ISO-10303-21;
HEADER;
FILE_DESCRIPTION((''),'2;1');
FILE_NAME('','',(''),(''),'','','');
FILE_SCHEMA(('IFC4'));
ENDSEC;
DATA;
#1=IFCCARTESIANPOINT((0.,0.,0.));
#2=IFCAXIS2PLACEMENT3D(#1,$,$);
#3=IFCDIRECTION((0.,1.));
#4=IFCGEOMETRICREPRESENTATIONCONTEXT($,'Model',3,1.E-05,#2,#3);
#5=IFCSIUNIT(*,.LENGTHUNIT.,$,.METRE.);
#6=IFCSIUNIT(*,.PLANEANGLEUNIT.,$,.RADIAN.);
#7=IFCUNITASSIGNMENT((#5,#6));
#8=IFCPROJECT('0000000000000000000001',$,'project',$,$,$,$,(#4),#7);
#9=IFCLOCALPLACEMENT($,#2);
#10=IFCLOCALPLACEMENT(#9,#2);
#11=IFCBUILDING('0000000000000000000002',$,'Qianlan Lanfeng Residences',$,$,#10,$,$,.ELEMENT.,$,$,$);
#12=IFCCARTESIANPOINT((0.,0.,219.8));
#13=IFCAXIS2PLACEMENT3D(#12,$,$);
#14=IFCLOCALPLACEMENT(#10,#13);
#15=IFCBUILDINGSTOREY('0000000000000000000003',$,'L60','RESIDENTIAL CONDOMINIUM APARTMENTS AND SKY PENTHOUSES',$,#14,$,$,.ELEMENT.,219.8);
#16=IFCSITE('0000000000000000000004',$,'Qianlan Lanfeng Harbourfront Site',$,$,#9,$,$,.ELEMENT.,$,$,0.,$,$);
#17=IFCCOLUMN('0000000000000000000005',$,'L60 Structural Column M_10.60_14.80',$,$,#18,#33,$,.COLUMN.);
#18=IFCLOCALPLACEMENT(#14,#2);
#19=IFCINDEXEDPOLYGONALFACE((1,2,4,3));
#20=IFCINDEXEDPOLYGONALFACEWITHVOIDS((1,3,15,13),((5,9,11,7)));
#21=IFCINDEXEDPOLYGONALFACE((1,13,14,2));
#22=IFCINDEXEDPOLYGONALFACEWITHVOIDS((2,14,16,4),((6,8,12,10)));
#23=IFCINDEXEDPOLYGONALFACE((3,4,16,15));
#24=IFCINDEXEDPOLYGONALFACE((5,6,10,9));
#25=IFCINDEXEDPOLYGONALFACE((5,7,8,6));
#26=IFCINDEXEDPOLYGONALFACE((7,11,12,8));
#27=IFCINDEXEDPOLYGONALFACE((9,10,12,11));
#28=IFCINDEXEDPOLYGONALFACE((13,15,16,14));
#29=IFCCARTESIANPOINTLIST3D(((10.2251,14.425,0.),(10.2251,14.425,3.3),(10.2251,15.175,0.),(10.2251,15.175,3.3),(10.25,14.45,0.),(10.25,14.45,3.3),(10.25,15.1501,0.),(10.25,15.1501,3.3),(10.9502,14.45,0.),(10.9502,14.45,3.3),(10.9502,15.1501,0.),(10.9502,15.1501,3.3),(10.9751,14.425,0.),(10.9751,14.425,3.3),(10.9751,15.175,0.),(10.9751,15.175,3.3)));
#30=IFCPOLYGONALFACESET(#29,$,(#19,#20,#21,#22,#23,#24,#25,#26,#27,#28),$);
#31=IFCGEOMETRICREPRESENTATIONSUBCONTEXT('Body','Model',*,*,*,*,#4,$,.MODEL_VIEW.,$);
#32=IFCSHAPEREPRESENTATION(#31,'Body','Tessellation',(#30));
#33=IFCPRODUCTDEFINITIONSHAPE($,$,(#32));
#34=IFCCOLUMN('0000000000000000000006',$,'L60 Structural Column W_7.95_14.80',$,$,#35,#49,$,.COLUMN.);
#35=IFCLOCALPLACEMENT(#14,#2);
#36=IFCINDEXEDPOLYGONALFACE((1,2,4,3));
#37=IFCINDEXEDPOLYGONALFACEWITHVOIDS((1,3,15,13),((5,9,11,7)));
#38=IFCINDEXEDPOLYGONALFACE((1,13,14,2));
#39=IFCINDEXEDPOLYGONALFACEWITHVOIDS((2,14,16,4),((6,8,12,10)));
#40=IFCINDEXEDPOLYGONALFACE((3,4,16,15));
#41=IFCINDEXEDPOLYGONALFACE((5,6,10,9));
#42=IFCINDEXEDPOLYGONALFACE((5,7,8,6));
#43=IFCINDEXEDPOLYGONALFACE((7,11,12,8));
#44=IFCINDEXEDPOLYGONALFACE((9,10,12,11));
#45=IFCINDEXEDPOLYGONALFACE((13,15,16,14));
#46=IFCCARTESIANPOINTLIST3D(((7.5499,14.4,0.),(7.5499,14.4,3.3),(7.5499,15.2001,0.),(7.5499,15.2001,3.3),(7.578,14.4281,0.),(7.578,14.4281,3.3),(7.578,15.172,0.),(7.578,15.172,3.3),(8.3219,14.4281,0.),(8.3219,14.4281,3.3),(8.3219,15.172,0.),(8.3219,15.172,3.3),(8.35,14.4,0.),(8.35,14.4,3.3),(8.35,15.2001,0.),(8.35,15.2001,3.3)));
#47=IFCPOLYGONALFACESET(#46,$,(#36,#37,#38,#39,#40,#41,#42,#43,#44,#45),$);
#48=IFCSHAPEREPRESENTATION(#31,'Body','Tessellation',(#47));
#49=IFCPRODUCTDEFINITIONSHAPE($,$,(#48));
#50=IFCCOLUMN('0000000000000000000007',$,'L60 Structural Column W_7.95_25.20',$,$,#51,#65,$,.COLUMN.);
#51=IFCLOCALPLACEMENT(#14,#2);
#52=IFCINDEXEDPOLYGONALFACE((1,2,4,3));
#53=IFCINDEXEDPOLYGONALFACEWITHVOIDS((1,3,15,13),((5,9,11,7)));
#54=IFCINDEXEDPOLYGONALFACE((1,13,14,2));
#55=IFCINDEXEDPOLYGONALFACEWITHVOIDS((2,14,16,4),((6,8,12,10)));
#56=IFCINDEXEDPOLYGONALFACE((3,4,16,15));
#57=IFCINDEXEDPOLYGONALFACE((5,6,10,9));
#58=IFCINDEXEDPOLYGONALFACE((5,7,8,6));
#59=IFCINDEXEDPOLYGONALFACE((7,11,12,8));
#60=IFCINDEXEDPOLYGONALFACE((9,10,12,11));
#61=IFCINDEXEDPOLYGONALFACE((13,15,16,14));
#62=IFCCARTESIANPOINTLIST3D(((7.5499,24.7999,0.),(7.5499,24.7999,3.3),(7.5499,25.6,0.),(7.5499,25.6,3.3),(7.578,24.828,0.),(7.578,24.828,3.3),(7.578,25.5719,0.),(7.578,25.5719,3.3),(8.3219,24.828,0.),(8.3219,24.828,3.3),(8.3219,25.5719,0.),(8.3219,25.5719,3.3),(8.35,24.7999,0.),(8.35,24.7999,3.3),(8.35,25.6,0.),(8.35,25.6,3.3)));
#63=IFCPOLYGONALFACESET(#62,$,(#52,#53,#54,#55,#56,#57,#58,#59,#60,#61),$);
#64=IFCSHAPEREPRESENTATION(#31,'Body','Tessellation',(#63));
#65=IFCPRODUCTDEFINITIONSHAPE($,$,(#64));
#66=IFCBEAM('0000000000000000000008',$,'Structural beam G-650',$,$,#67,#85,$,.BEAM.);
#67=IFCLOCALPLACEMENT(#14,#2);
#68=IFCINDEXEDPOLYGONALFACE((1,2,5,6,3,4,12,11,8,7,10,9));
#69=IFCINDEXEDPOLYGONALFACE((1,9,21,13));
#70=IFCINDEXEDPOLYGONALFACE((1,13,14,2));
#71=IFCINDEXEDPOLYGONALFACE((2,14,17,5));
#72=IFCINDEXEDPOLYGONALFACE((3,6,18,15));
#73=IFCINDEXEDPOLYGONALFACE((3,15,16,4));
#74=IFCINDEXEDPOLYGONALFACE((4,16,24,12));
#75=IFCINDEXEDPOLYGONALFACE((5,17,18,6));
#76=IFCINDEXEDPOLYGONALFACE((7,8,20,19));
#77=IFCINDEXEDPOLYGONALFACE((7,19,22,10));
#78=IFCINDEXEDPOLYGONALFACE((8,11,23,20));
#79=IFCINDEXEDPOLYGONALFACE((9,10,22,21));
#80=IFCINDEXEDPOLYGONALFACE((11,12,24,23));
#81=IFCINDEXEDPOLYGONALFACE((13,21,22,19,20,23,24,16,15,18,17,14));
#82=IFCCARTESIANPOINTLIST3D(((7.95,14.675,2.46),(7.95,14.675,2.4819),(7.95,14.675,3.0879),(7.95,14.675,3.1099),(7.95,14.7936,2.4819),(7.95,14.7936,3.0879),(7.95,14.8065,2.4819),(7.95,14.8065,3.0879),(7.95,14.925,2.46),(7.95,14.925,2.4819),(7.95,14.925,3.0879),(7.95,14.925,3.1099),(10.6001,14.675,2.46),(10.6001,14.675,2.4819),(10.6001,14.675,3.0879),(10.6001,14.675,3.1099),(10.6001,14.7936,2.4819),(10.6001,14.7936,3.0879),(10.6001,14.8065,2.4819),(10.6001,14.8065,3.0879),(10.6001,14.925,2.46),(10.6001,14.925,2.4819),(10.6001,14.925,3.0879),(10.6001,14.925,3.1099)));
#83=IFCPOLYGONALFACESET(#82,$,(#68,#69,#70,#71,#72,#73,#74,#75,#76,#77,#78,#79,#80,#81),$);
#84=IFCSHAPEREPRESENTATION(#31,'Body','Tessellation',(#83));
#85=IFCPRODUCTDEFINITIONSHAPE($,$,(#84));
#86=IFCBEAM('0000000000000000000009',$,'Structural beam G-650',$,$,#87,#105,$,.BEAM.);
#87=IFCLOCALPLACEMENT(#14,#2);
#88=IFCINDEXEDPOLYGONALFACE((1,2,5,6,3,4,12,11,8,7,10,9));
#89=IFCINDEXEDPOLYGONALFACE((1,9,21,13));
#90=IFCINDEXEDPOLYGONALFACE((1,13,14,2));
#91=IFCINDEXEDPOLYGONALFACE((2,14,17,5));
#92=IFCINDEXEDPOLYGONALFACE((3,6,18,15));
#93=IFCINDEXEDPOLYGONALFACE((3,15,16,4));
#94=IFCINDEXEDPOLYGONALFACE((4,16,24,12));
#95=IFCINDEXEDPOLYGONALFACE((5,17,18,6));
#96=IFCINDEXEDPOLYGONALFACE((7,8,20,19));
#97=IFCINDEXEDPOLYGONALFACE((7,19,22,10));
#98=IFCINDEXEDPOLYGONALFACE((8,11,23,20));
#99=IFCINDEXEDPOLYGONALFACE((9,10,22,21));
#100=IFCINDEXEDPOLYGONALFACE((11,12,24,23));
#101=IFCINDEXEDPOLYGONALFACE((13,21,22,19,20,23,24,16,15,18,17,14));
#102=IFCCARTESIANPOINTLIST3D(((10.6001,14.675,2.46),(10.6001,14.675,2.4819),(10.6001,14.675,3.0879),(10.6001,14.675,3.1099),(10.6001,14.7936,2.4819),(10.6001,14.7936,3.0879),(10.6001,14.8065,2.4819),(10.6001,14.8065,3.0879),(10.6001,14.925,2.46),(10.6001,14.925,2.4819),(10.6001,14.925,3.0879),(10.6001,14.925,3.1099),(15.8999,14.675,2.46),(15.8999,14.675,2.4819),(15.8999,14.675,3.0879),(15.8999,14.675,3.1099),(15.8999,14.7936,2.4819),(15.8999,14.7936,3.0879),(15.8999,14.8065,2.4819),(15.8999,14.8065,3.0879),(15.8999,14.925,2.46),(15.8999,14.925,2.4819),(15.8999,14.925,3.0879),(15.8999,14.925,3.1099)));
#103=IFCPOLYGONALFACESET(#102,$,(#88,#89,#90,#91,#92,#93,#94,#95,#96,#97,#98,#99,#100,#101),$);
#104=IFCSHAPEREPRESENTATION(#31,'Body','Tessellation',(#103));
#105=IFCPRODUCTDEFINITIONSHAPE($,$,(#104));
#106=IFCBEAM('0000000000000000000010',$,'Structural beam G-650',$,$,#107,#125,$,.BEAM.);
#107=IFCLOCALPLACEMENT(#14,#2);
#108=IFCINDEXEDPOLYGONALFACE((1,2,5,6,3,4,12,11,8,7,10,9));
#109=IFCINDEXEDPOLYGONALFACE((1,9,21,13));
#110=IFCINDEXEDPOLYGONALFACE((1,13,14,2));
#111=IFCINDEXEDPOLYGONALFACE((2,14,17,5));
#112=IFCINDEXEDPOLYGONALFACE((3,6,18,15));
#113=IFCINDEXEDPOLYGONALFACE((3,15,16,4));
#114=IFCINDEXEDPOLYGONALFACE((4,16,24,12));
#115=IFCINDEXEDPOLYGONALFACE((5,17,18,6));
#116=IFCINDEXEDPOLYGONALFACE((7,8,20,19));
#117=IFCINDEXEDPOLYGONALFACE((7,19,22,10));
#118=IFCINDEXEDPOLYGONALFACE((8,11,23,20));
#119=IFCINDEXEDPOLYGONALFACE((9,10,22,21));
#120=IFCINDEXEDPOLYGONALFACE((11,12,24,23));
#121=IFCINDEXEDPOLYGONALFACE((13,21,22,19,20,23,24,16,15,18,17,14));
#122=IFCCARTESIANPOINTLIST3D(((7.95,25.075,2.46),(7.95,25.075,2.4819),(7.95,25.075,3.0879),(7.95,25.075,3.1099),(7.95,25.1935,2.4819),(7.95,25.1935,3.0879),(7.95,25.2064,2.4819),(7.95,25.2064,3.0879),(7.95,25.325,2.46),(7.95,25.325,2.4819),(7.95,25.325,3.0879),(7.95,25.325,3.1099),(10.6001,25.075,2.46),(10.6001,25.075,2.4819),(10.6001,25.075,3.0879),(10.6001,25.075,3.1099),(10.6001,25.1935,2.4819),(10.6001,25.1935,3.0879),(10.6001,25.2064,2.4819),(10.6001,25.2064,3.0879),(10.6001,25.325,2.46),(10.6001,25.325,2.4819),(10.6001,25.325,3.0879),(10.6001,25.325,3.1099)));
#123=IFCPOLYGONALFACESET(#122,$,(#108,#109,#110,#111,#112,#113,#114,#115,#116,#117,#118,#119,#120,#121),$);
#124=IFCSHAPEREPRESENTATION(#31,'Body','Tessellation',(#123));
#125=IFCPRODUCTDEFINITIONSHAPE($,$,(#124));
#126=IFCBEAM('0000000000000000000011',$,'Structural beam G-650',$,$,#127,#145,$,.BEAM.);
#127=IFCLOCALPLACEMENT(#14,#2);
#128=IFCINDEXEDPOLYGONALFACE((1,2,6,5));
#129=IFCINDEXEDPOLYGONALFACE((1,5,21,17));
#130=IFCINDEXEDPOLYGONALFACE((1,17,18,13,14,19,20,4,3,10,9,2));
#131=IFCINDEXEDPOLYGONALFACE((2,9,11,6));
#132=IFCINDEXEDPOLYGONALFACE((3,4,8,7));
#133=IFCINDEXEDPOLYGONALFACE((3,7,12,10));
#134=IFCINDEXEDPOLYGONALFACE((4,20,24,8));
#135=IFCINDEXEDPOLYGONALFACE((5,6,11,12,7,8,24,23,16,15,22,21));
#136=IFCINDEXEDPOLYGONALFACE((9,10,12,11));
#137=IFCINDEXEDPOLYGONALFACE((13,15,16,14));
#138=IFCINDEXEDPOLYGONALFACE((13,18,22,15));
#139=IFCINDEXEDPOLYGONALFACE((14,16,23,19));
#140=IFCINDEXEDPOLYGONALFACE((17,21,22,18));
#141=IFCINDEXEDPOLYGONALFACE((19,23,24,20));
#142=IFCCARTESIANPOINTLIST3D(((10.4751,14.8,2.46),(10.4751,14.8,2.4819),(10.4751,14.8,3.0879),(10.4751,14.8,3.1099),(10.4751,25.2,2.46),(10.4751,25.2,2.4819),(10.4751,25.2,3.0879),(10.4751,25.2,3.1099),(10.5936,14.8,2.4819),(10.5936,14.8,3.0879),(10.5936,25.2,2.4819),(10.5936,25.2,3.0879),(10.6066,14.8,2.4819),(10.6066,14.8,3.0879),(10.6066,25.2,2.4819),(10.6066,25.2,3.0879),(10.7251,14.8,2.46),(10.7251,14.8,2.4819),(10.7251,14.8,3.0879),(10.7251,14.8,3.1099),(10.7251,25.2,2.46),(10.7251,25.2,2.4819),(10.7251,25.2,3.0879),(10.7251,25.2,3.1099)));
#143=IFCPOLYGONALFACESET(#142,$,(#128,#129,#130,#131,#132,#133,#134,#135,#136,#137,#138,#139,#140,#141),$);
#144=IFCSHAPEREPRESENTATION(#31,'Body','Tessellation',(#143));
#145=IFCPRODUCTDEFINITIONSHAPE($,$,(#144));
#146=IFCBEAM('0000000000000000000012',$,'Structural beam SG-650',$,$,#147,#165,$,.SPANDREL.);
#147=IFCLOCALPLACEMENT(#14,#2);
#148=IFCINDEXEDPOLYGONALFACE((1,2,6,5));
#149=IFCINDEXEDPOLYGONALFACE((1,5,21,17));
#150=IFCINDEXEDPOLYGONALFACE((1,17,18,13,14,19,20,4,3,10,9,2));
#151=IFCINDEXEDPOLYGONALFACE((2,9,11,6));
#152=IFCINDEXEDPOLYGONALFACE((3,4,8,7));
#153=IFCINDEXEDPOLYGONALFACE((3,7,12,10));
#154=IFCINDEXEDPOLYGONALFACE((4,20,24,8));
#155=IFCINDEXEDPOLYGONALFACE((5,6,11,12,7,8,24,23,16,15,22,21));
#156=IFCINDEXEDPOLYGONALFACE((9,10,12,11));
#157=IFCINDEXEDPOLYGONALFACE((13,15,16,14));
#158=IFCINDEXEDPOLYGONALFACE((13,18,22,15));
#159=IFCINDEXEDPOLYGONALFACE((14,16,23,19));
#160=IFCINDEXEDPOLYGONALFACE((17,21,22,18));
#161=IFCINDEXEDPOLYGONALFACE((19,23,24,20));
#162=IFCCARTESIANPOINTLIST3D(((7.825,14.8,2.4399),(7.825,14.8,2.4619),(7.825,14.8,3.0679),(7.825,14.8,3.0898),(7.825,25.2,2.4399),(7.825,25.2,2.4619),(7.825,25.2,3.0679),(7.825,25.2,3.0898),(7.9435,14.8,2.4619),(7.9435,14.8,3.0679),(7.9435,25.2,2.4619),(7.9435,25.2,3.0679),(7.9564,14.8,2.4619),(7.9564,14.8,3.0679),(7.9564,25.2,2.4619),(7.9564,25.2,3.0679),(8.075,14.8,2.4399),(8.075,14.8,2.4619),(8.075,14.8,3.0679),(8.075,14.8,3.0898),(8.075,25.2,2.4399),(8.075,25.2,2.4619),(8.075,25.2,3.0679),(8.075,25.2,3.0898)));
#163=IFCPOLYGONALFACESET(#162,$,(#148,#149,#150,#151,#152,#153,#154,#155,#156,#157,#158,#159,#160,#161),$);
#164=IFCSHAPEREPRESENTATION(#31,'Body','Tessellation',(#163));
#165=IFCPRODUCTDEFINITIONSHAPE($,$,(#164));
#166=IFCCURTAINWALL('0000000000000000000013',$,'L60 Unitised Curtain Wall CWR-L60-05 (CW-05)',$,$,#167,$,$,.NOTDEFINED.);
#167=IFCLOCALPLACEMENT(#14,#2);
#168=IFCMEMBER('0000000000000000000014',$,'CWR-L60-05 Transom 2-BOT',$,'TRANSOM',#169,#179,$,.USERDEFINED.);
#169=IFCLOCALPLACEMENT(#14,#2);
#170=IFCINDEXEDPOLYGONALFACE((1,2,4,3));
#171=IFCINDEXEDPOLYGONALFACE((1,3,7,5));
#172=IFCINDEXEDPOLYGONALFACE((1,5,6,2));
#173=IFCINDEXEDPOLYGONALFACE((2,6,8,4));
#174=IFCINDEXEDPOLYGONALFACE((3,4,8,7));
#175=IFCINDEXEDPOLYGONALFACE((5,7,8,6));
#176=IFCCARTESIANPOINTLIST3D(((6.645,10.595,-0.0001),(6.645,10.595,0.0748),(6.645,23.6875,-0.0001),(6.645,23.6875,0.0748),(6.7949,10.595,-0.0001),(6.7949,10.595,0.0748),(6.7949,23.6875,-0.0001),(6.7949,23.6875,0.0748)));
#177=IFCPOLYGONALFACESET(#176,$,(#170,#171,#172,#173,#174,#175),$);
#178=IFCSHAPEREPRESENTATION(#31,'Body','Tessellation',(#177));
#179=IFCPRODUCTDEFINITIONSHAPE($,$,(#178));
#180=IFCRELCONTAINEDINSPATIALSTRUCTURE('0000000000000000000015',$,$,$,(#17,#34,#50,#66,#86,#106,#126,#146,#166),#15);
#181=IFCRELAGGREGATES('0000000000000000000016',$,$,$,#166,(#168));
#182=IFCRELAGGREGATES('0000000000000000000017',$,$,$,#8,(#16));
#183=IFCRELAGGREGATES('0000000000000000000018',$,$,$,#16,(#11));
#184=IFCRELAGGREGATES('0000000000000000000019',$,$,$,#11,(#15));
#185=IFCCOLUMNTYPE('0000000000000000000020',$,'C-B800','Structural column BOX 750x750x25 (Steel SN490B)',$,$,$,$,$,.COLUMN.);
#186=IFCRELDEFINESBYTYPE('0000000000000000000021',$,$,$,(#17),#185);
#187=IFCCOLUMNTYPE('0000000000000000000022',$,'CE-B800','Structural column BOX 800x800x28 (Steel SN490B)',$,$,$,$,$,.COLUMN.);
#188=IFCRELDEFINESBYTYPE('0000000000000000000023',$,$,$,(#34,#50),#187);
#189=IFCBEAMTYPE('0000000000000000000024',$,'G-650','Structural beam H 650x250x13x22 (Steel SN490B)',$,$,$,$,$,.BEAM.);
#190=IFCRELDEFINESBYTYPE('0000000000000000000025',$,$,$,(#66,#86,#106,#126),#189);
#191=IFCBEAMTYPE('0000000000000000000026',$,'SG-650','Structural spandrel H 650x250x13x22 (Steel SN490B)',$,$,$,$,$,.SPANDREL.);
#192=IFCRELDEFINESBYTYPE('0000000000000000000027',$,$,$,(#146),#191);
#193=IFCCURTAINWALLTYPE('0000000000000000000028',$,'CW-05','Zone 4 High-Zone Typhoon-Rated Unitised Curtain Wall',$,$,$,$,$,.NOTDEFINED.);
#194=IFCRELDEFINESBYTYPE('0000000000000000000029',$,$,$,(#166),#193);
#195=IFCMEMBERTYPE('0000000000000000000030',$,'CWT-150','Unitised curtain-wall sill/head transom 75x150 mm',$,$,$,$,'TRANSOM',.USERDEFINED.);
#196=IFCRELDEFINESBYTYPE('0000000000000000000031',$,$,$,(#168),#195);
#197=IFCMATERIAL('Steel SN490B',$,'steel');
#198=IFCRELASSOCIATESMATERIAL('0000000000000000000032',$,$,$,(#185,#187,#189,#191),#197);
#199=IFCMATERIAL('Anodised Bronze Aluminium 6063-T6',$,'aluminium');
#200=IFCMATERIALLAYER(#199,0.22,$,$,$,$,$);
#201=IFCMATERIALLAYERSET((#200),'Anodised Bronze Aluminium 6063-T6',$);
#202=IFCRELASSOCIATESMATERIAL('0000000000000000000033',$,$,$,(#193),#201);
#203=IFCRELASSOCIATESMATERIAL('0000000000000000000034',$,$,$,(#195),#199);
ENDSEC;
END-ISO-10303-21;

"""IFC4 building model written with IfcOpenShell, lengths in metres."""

from ifc_helpers import new_model, si_unit, direction, frame, origin, origin_2d, place, context, subcontext, project, spatial, rectangle, hollow_rectangle, i_section, extrude, source, transform, mapped, material, layer, layer_set, material_profile, profile_set, type_object, element, aggregate, save


model = new_model("IFC4")

# Units and contexts
model_context = context("Model", 3, precision=1e-05, world=origin(), true_north=direction((0.0, 1.0)))
body_context = subcontext(model_context, "Body", "Model", "MODEL_VIEW")
ifc_project = project(units=[si_unit("LENGTHUNIT", "METRE"), si_unit("PLANEANGLEUNIT", "RADIAN")], contexts=[model_context])

# Site, building, storey
site_placement = place(None, origin())
site = spatial("IfcSite", under=ifc_project, at=site_placement, Name="Qianlan Lanfeng Harbourfront Site", CompositionType="ELEMENT", RefElevation=0.0)
building_placement = place(site_placement, origin())
building = spatial("IfcBuilding", under=site, at=building_placement, Name="Qianlan Lanfeng Residences", CompositionType="ELEMENT")
storey_placement = place(building_placement, frame((0.0, 0.0, 219.8)))
storey = spatial("IfcBuildingStorey", under=building, at=storey_placement, Name="L60", Description="RESIDENTIAL CONDOMINIUM APARTMENTS AND SKY PENTHOUSES", CompositionType="ELEMENT", Elevation=219.8)

# Columns
ifc_material_1 = material(Name="Steel SN490B", Category="steel")
ifc_material_profile_1 = material_profile(ifc_material_1, hollow_rectangle(XDim=0.75, YDim=0.75, WallThickness=0.0249, at=origin_2d()), Name="BOX 750x750x25")
ifc_profile_set_1 = profile_set([ifc_material_profile_1], Name="Steel SN490B")
column_type_1 = type_object("IfcColumnType", Name="C-B800", Description="Structural column BOX 750x750x25 (Steel SN490B)", PredefinedType="COLUMN", material=ifc_profile_set_1)
column_placement = place(storey_placement, frame((10.6001, 14.8, 0.0), z_axis=(0.0, 0.0, 1.0), x_axis=(1.0, 0.0, 0.0)))
element("IfcColumn", 1, at=column_placement, inside=storey, type_object=column_type_1, Name="L60 Structural Column M_10.60_14.80", PredefinedType="COLUMN", context=body_context, shape_type="SweptSolid", body=[
    extrude(hollow_rectangle(XDim=0.75, YDim=0.75, WallThickness=0.0249, at=origin_2d()), origin(), (0.0, 0.0, 1.0), 3.3),
])
ifc_material_profile_2 = material_profile(ifc_material_1, hollow_rectangle(XDim=0.8, YDim=0.8, WallThickness=0.0281, at=origin_2d()), Name="BOX 800x800x28")
ifc_profile_set_2 = profile_set([ifc_material_profile_2], Name="Steel SN490B")
column_type_2 = type_object("IfcColumnType", Name="CE-B800", Description="Structural column BOX 800x800x28 (Steel SN490B)", PredefinedType="COLUMN", material=ifc_profile_set_2)
for number, where, z_axis, x_axis, name in (
    (2, (7.95, 14.8, 0.0), (0.0, 0.0, 1.0), (1.0, 0.0, 0.0), "L60 Structural Column W_7.95_14.80"),
    (3, (7.95, 25.2, 0.0), (0.0, 0.0, 1.0), (1.0, 0.0, 0.0), "L60 Structural Column W_7.95_25.20"),
):
    element("IfcColumn", number, at=place(storey_placement, frame(where, z_axis=z_axis, x_axis=x_axis)), inside=storey, type_object=column_type_2, Name=name, PredefinedType="COLUMN", context=body_context, shape_type="SweptSolid", body=[
        extrude(hollow_rectangle(XDim=0.8, YDim=0.8, WallThickness=0.0281, at=origin_2d()), origin(), (0.0, 0.0, 1.0), 3.3),
    ])

# Beams
ifc_material_profile_3 = material_profile(ifc_material_1, i_section(OverallWidth=0.25, OverallDepth=0.6499, WebThickness=0.0129, FlangeThickness=0.022, at=origin_2d()), Name="H 650x250x13x22")
ifc_profile_set_3 = profile_set([ifc_material_profile_3], Name="Steel SN490B")
beam_type_1 = type_object("IfcBeamType", Name="G-650", Description="Structural beam H 650x250x13x22 (Steel SN490B)", PredefinedType="BEAM", material=ifc_profile_set_3)
beam_1_placement = place(storey_placement, frame((7.95, 14.8, 2.7849), z_axis=(1.0, 0.0, 0.0), x_axis=(0.0, 1.0, 0.0)))
element("IfcBeam", 4, at=beam_1_placement, inside=storey, type_object=beam_type_1, Name="Structural beam G-650", PredefinedType="BEAM", context=body_context, shape_type="SweptSolid", body=[
    extrude(i_section(OverallWidth=0.25, OverallDepth=0.6499, WebThickness=0.0129, FlangeThickness=0.022, at=origin_2d()), origin(), (0.0, 0.0, 1.0), 2.6501),
])
beam_2_placement = place(storey_placement, frame((10.6001, 14.8, 2.7849), z_axis=(1.0, 0.0, 0.0), x_axis=(0.0, 1.0, 0.0)))
element("IfcBeam", 5, at=beam_2_placement, inside=storey, type_object=beam_type_1, Name="Structural beam G-650", PredefinedType="BEAM", context=body_context, shape_type="SweptSolid", body=[
    extrude(i_section(OverallWidth=0.25, OverallDepth=0.6499, WebThickness=0.0129, FlangeThickness=0.022, at=origin_2d()), origin(), (0.0, 0.0, 1.0), 5.2998),
])
beam_3_placement = place(storey_placement, frame((7.95, 25.2, 2.7849), z_axis=(1.0, 0.0, 0.0), x_axis=(0.0, 1.0, 0.0)))
element("IfcBeam", 6, at=beam_3_placement, inside=storey, type_object=beam_type_1, Name="Structural beam G-650", PredefinedType="BEAM", context=body_context, shape_type="SweptSolid", body=[
    extrude(i_section(OverallWidth=0.25, OverallDepth=0.6499, WebThickness=0.0129, FlangeThickness=0.022, at=origin_2d()), origin(), (0.0, 0.0, 1.0), 2.6501),
])
beam_4_placement = place(storey_placement, frame((10.6001, 14.8, 2.7849), z_axis=(0.0, 1.0, 0.0), x_axis=(-1.0, 0.0, 0.0)))
element("IfcBeam", 7, at=beam_4_placement, inside=storey, type_object=beam_type_1, Name="Structural beam G-650", PredefinedType="BEAM", context=body_context, shape_type="SweptSolid", body=[
    extrude(i_section(OverallWidth=0.25, OverallDepth=0.6499, WebThickness=0.0129, FlangeThickness=0.022, at=origin_2d()), origin(), (0.0, 0.0, 1.0), 10.3999),
])
ifc_material_profile_4 = material_profile(ifc_material_1, i_section(OverallWidth=0.25, OverallDepth=0.6499, WebThickness=0.0129, FlangeThickness=0.022, at=origin_2d()), Name="H 650x250x13x22")
ifc_profile_set_4 = profile_set([ifc_material_profile_4], Name="Steel SN490B")
beam_type_2 = type_object("IfcBeamType", Name="SG-650", Description="Structural spandrel H 650x250x13x22 (Steel SN490B)", PredefinedType="SPANDREL", material=ifc_profile_set_4)
beam_5_placement = place(storey_placement, frame((7.95, 14.8, 2.7649), z_axis=(0.0, 1.0, 0.0), x_axis=(-1.0, 0.0, 0.0)))
element("IfcBeam", 8, at=beam_5_placement, inside=storey, type_object=beam_type_2, Name="Structural beam SG-650", PredefinedType="SPANDREL", context=body_context, shape_type="SweptSolid", body=[
    extrude(i_section(OverallWidth=0.25, OverallDepth=0.6499, WebThickness=0.0129, FlangeThickness=0.022, at=origin_2d()), origin(), (0.0, 0.0, 1.0), 10.3999),
])

# Curtain wall, member
ifc_material_2 = material(Name="Anodised Bronze Aluminium 6063-T6", Category="aluminium")
ifc_layer_1 = layer(ifc_material_2, 0.22)
ifc_layer_set_1 = layer_set([ifc_layer_1], Name="Anodised Bronze Aluminium 6063-T6")
curtain_wall_type = type_object("IfcCurtainWallType", Name="CW-05", Description="Zone 4 High-Zone Typhoon-Rated Unitised Curtain Wall", PredefinedType="NOTDEFINED", material=ifc_layer_set_1)
curtain_wall_placement = place(storey_placement, origin())
curtain_wall = element("IfcCurtainWall", 9, at=curtain_wall_placement, inside=storey, type_object=curtain_wall_type, Name="L60 Unitised Curtain Wall CWR-L60-05 (CW-05)", PredefinedType="NOTDEFINED")
ifc_material_profile_5 = material_profile(ifc_material_2, rectangle(XDim=0.075, YDim=0.1499, at=origin_2d()), Name="ALU TRANSOM 75x150")
ifc_profile_set_5 = profile_set([ifc_material_profile_5], Name="Anodised Bronze Aluminium 6063-T6")
member_type_1 = type_object("IfcMemberType", Name="CWT-150", Description="Unitised curtain-wall sill/head transom 75x150 mm", ElementType="TRANSOM", PredefinedType="USERDEFINED", material=ifc_profile_set_5)
shared_shape_1 = source(origin(), body_context, "Body", "SweptSolid", [
    extrude(rectangle(XDim=0.075, YDim=0.1499, at=origin_2d()), origin(), (0.0, 0.0, 1.0), 13.0925),
])
member_1_placement = place(storey_placement, frame((6.72, 23.6875, 0.0374), z_axis=(0.0, -1.0, 0.0), x_axis=(0.0, 0.0, 1.0)))
member_1 = element("IfcMember", 10, at=member_1_placement, type_object=member_type_1, Name="CWR-L60-05 Transom 2-BOT", ObjectType="TRANSOM", PredefinedType="USERDEFINED", context=body_context, shape_type="MappedRepresentation", body=[
    mapped(shared_shape_1, transform((0.0, 0.0, 0.0), scale=1.0)),
])
aggregate(curtain_wall, [member_1])

save(model, "model.ifc")
